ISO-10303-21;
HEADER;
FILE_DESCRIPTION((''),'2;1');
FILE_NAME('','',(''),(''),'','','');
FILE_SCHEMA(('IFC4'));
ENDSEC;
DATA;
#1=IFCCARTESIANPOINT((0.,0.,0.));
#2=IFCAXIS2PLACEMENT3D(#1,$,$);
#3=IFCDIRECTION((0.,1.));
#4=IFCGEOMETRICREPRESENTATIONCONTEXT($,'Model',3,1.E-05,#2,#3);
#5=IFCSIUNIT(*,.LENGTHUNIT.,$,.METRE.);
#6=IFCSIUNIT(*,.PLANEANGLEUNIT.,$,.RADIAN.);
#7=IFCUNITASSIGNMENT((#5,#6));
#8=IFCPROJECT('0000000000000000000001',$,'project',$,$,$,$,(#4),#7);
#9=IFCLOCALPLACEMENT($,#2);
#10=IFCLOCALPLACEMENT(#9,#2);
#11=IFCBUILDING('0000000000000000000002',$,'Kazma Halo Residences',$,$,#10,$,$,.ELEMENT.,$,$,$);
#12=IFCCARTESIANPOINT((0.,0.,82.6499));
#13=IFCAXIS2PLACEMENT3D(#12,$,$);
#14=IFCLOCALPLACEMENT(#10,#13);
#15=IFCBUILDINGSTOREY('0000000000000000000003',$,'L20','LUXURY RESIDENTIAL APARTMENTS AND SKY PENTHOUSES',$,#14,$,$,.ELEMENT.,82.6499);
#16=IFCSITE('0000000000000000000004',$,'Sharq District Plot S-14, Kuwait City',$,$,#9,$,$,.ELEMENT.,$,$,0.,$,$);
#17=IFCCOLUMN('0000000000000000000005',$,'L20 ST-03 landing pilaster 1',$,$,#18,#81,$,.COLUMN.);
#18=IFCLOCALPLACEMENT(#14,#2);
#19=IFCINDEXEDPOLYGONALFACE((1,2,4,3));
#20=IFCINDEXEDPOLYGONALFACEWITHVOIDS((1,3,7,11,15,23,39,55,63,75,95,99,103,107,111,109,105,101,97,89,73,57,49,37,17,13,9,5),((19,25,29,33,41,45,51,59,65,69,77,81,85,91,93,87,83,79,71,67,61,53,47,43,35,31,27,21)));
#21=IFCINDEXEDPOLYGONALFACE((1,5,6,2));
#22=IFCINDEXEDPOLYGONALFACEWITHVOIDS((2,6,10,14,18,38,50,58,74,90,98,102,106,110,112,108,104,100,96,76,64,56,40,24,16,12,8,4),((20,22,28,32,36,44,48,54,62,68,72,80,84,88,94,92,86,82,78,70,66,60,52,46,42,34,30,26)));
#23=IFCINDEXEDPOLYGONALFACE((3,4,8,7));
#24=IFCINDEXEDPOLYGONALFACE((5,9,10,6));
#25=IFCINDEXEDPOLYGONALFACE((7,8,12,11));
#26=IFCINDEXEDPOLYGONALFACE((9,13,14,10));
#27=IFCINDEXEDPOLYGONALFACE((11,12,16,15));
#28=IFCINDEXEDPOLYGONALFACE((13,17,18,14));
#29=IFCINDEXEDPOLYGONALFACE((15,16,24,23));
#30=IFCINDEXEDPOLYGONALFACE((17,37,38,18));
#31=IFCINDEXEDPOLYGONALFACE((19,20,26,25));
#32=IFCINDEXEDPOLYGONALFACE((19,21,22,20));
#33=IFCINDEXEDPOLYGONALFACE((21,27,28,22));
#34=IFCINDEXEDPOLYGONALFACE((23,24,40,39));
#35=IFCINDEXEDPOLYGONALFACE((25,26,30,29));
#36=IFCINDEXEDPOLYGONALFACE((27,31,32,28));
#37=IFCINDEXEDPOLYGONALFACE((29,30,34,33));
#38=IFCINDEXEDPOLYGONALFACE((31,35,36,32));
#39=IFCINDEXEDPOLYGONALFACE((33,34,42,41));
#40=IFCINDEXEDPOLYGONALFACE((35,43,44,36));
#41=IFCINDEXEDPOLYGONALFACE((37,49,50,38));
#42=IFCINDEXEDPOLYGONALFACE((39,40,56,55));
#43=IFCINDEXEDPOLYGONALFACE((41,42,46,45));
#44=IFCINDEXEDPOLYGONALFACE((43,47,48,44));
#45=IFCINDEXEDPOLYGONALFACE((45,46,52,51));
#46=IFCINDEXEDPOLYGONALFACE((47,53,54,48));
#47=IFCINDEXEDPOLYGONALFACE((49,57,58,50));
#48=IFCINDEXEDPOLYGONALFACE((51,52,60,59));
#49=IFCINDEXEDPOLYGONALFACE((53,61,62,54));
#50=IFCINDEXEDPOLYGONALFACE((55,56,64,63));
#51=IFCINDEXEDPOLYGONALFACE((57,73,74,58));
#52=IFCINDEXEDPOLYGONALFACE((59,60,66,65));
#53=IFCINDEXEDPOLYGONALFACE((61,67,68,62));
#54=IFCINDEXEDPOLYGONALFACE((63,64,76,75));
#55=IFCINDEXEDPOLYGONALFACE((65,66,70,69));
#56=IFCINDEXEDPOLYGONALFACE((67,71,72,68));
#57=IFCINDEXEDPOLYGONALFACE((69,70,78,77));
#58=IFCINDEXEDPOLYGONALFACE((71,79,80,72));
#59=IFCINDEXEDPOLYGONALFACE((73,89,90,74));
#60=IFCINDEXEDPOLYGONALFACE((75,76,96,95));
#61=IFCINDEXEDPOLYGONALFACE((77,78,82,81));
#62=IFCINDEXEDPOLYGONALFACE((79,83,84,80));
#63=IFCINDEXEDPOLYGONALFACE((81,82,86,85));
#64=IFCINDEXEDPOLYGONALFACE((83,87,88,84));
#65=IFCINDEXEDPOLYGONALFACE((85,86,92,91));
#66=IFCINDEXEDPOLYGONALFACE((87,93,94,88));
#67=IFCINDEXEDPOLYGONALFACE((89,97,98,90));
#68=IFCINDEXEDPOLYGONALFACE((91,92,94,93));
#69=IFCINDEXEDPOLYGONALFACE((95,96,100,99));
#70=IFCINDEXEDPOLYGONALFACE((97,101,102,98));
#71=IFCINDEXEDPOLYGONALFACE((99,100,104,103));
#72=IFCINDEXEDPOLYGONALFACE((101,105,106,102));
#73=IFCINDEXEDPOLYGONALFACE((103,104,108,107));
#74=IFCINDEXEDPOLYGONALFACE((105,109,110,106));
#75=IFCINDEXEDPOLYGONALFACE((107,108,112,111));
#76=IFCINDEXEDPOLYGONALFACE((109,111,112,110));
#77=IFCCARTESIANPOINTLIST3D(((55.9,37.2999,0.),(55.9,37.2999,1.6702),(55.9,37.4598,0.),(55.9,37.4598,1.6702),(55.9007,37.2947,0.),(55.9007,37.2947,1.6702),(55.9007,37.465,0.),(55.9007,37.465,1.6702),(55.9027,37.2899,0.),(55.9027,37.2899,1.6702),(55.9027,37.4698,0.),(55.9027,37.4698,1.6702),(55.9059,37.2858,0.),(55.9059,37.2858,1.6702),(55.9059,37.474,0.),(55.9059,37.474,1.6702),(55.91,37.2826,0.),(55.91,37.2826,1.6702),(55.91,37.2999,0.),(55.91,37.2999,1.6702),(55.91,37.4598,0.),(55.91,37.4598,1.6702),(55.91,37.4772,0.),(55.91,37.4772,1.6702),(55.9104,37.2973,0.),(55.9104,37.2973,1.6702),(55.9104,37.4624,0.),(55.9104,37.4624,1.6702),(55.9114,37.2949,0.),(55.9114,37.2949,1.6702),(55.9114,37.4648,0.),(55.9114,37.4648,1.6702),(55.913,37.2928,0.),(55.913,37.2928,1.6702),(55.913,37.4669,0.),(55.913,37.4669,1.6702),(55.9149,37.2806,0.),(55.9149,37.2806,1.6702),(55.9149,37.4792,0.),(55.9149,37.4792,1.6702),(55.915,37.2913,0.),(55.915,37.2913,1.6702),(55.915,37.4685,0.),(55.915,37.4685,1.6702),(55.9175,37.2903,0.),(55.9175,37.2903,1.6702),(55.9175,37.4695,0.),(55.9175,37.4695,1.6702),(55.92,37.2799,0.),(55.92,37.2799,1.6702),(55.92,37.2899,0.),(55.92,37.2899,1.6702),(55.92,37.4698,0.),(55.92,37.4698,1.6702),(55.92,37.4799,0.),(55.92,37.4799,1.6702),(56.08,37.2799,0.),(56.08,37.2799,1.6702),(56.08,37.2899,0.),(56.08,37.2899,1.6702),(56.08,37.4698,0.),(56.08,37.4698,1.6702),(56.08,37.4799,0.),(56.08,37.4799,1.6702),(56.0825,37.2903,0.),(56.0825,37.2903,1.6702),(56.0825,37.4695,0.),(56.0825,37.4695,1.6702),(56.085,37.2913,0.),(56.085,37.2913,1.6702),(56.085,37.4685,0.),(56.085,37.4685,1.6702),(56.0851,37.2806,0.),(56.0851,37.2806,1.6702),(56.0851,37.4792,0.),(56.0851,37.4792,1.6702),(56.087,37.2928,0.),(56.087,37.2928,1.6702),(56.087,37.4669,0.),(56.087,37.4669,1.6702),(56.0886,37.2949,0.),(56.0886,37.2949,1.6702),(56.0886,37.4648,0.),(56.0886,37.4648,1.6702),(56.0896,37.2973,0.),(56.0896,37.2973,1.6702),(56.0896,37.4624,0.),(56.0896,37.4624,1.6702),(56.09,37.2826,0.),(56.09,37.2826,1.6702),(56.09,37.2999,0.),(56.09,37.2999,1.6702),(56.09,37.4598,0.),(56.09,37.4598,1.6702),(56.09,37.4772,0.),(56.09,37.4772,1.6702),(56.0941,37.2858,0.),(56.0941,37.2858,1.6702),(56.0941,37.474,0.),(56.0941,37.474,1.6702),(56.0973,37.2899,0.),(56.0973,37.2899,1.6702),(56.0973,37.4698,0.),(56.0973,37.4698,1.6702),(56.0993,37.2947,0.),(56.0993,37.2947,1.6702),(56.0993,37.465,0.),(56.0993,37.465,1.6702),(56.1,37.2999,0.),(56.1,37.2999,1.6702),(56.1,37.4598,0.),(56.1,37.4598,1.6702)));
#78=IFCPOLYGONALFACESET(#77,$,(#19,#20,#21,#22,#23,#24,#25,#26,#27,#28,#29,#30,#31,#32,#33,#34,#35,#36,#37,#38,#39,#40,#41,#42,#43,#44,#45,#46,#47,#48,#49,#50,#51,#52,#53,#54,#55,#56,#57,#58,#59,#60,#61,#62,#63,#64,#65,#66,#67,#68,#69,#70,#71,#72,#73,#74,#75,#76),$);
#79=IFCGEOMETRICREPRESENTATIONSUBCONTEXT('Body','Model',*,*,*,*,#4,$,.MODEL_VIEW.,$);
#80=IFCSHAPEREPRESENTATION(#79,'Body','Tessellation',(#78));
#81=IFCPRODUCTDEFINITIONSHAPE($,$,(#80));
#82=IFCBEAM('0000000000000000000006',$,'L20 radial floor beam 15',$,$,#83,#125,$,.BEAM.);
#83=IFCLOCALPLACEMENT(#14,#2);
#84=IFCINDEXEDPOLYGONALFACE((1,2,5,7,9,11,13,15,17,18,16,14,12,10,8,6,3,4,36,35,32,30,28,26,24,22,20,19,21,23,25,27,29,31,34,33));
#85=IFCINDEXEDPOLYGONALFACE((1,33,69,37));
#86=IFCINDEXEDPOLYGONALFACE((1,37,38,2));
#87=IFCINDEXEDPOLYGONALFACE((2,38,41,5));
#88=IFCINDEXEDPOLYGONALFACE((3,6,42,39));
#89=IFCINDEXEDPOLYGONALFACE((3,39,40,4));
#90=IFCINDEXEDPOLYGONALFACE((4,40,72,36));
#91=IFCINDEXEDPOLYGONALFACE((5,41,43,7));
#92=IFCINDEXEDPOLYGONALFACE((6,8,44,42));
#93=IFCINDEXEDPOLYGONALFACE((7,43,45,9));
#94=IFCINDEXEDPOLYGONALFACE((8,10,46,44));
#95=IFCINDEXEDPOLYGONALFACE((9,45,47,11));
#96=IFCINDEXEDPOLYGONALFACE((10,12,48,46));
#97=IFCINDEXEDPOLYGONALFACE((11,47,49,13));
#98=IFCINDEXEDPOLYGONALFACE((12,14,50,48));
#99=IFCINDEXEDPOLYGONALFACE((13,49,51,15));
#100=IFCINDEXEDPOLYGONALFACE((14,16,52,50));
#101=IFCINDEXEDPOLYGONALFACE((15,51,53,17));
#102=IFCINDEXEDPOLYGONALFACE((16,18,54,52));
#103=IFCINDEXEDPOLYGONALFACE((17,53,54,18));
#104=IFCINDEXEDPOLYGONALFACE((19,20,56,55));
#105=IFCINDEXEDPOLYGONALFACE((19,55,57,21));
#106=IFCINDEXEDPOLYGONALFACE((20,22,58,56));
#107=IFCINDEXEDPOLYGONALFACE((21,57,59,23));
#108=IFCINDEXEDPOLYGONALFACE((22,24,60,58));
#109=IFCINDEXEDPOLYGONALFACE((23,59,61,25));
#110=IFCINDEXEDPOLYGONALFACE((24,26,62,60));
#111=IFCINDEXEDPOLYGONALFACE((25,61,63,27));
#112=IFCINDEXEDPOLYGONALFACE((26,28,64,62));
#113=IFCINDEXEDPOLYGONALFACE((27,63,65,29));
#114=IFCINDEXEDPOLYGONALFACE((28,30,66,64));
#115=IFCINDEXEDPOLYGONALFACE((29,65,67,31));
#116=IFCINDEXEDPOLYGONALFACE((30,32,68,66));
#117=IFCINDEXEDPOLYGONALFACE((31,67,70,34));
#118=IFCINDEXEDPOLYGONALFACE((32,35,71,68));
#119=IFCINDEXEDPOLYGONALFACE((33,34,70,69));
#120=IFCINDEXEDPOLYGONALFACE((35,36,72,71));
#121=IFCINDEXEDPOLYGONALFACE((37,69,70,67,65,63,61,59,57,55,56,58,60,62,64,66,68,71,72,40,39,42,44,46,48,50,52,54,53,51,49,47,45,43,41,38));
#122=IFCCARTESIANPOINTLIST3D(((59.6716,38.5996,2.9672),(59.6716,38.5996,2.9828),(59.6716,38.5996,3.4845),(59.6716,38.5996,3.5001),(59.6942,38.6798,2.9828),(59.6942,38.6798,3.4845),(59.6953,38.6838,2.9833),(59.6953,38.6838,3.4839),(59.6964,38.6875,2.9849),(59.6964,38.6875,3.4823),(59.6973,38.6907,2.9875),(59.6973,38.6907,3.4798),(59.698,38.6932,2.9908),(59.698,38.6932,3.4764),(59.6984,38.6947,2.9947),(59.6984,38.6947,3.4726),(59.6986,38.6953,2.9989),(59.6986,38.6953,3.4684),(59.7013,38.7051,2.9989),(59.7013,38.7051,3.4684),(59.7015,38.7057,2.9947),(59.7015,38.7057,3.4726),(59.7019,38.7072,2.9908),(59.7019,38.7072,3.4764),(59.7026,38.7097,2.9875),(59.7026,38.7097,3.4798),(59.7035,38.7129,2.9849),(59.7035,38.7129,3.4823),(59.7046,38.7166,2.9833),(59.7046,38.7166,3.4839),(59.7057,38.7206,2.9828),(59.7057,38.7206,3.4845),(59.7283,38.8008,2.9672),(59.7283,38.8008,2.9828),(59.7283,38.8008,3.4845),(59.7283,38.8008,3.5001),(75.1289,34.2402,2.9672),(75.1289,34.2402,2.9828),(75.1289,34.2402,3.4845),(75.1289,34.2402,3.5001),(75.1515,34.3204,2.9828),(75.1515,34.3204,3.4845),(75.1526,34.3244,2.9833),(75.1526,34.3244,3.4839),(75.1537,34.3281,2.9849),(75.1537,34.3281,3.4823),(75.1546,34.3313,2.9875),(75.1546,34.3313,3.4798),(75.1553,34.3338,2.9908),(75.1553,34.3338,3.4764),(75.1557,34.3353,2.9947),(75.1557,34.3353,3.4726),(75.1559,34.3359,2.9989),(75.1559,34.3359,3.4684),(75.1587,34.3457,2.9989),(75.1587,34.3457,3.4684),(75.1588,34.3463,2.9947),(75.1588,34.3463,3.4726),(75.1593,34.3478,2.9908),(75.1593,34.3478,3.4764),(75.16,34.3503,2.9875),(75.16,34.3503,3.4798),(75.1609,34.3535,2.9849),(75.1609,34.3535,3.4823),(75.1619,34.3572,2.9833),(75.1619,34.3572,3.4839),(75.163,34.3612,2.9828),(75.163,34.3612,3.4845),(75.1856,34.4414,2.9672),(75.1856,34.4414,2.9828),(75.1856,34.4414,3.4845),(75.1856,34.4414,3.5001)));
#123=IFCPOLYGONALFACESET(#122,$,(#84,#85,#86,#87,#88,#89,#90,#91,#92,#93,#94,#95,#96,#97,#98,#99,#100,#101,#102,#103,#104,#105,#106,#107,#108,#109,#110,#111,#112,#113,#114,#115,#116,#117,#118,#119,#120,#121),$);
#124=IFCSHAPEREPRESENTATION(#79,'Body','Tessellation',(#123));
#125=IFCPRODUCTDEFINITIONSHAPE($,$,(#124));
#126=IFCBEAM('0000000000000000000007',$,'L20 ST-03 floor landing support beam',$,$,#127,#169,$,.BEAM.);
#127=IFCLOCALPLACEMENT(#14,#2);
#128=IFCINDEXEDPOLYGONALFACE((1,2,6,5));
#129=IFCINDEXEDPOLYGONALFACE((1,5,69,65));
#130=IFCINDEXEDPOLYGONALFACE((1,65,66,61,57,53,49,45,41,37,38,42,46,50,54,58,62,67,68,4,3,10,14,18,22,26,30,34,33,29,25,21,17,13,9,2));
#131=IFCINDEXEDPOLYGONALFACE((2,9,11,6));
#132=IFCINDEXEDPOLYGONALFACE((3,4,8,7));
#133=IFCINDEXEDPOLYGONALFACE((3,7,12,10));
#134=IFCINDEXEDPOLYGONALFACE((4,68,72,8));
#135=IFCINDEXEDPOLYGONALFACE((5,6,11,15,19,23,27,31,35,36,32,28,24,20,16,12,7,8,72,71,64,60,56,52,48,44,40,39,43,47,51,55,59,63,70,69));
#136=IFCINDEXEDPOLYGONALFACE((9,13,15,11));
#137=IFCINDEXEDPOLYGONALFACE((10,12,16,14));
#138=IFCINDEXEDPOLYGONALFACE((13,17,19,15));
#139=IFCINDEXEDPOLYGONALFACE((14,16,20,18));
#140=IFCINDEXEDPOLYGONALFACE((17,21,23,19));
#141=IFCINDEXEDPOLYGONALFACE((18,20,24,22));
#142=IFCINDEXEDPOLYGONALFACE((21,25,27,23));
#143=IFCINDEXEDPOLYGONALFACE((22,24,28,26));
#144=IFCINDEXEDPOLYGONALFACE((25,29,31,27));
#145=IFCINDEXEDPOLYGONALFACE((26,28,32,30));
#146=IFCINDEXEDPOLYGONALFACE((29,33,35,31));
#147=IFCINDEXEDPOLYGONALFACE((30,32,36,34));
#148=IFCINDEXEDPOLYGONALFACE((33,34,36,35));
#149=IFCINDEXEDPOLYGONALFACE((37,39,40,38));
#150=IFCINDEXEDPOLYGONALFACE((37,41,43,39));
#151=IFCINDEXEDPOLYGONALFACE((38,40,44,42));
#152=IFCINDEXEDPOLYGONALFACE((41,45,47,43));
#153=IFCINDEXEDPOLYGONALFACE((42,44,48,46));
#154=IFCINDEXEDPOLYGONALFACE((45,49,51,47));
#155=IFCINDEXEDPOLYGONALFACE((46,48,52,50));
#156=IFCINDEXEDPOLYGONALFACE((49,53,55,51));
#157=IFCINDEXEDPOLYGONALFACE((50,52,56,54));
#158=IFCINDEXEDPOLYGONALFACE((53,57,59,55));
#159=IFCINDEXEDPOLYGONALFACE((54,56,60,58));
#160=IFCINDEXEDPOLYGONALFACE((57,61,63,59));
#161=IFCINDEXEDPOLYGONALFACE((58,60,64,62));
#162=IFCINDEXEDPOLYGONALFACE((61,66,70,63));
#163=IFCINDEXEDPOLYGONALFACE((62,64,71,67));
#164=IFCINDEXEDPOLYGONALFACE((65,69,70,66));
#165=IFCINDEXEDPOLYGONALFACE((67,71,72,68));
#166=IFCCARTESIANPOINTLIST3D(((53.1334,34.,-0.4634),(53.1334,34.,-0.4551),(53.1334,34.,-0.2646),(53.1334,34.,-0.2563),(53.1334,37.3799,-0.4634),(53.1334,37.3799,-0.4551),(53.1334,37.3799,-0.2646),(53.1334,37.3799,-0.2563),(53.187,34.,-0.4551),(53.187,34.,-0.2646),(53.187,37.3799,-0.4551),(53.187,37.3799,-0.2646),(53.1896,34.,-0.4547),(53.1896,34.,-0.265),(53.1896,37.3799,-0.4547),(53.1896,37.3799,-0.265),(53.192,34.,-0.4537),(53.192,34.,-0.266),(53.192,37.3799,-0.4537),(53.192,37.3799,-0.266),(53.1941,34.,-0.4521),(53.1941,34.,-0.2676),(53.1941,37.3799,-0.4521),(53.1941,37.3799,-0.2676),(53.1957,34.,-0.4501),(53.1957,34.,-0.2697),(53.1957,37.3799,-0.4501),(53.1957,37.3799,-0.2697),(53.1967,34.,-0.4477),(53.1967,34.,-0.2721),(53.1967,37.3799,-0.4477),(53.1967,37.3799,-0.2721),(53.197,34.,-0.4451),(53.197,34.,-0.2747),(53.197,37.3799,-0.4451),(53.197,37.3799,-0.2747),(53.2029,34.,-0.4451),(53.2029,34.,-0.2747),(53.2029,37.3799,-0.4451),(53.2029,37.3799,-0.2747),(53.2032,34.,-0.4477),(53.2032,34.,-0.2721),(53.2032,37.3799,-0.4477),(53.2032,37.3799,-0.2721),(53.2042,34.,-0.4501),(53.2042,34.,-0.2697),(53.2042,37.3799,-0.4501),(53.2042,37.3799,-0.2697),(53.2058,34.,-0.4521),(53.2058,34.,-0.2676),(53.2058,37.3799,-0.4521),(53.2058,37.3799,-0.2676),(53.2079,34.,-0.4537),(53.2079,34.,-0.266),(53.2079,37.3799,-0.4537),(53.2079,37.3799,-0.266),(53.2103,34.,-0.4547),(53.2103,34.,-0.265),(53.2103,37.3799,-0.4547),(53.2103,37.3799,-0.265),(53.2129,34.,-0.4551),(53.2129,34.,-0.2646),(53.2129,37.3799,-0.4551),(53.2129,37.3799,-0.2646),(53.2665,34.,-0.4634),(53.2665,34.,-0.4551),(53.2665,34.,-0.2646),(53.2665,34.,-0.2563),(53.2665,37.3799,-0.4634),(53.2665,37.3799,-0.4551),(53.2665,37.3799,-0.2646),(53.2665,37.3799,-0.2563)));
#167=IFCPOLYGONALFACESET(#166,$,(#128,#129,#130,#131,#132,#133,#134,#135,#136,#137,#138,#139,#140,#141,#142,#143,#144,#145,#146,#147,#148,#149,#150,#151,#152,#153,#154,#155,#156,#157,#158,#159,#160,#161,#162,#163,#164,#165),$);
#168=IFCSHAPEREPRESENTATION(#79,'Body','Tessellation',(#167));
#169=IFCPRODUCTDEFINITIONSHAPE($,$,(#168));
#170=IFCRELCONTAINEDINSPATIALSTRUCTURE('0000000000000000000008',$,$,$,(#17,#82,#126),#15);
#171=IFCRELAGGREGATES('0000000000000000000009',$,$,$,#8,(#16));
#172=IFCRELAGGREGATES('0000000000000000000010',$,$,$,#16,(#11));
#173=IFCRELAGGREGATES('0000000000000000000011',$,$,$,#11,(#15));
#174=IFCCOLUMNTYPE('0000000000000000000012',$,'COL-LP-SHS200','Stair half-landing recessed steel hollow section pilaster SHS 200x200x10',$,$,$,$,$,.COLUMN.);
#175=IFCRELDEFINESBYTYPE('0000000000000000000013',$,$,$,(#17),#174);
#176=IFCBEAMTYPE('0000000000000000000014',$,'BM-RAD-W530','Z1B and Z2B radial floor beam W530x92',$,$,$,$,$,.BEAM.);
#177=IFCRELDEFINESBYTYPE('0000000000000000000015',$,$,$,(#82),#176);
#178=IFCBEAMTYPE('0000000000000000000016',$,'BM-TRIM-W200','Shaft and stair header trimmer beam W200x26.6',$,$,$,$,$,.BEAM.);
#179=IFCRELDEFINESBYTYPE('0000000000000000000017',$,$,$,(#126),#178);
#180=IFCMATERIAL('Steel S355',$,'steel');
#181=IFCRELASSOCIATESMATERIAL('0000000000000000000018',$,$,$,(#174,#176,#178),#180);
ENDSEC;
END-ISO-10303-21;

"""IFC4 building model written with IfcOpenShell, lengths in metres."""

from ifc_helpers import new_model, si_unit, direction, frame, origin, origin_2d, place, context, subcontext, project, spatial, hollow_rectangle, i_section, extrude, material, material_profile, profile_set, type_object, element, save


model = new_model("IFC4")

# Units and contexts
model_context = context("Model", 3, precision=1e-05, world=origin(), true_north=direction((0.0, 1.0)))
body_context = subcontext(model_context, "Body", "Model", "MODEL_VIEW")
ifc_project = project(units=[si_unit("LENGTHUNIT", "METRE"), si_unit("PLANEANGLEUNIT", "RADIAN")], contexts=[model_context])

# Site, building, storey
site_placement = place(None, origin())
site = spatial("IfcSite", under=ifc_project, at=site_placement, Name="Sharq District Plot S-14, Kuwait City", CompositionType="ELEMENT", RefElevation=0.0)
building_placement = place(site_placement, origin())
building = spatial("IfcBuilding", under=site, at=building_placement, Name="Kazma Halo Residences", CompositionType="ELEMENT")
storey_placement = place(building_placement, frame((0.0, 0.0, 82.6499)))
storey = spatial("IfcBuildingStorey", under=building, at=storey_placement, Name="L20", Description="LUXURY RESIDENTIAL APARTMENTS AND SKY PENTHOUSES", CompositionType="ELEMENT", Elevation=82.6499)

# Column
ifc_material_1 = material(Name="Steel S355", Category="steel")
ifc_material_profile_1 = material_profile(ifc_material_1, hollow_rectangle(XDim=0.2, YDim=0.2, WallThickness=0.01, InnerFilletRadius=0.01, OuterFilletRadius=0.02, at=origin_2d()), Name="SHS200x200x10")
ifc_profile_set_1 = profile_set([ifc_material_profile_1], Name="Steel S355")
column_type = type_object("IfcColumnType", Name="COL-LP-SHS200", Description="Stair half-landing recessed steel hollow section pilaster SHS 200x200x10", PredefinedType="COLUMN", material=ifc_profile_set_1)
column_placement = place(storey_placement, frame((56.0, 37.3799, 0.0), z_axis=(0.0, 0.0, 1.0), x_axis=(1.0, 0.0, 0.0)))
element("IfcColumn", 1, at=column_placement, inside=storey, type_object=column_type, Name="L20 ST-03 landing pilaster 1", PredefinedType="COLUMN", context=body_context, shape_type="SweptSolid", body=[
    extrude(hollow_rectangle(XDim=0.2, YDim=0.2, WallThickness=0.01, InnerFilletRadius=0.01, OuterFilletRadius=0.02, at=origin_2d()), origin(), (0.0, 0.0, 1.0), 1.6702),
])

# Beams
ifc_material_profile_2 = material_profile(ifc_material_1, i_section(OverallWidth=0.209, OverallDepth=0.533, WebThickness=0.0103, FlangeThickness=0.0156, FilletRadius=0.0161, at=origin_2d()), Name="W530x92")
ifc_profile_set_2 = profile_set([ifc_material_profile_2], Name="Steel S355")
beam_type_1 = type_object("IfcBeamType", Name="BM-RAD-W530", Description="Z1B and Z2B radial floor beam W530x92", PredefinedType="BEAM", material=ifc_profile_set_2)
beam_1_placement = place(storey_placement, frame((59.7, 38.7002, 3.2336), z_axis=(0.962456, -0.271439, 0.0), x_axis=(0.271439, 0.962456, 0.0)))
element("IfcBeam", 2, at=beam_1_placement, inside=storey, type_object=beam_type_1, Name="L20 radial floor beam 15", PredefinedType="BEAM", context=body_context, shape_type="SweptSolid", body=[
    extrude(i_section(OverallWidth=0.209, OverallDepth=0.533, WebThickness=0.0103, FlangeThickness=0.0156, FilletRadius=0.0161, at=origin_2d()), origin(), (0.0, 0.0, 1.0), 16.0603),
])
ifc_material_profile_3 = material_profile(ifc_material_1, i_section(OverallWidth=0.1331, OverallDepth=0.207, WebThickness=0.0059, FlangeThickness=0.0083, FilletRadius=0.01, at=origin_2d()), Name="W200x26.6")
ifc_profile_set_3 = profile_set([ifc_material_profile_3], Name="Steel S355")
beam_type_2 = type_object("IfcBeamType", Name="BM-TRIM-W200", Description="Shaft and stair header trimmer beam W200x26.6", PredefinedType="BEAM", material=ifc_profile_set_3)
beam_2_placement = place(storey_placement, frame((53.2, 34.0, -0.3599), z_axis=(0.0, 1.0, 0.0), x_axis=(-1.0, 0.0, 0.0)))
element("IfcBeam", 3, at=beam_2_placement, inside=storey, type_object=beam_type_2, Name="L20 ST-03 floor landing support beam", PredefinedType="BEAM", context=body_context, shape_type="SweptSolid", body=[
    extrude(i_section(OverallWidth=0.1331, OverallDepth=0.207, WebThickness=0.0059, FlangeThickness=0.0083, FilletRadius=0.01, at=origin_2d()), origin(), (0.0, 0.0, 1.0), 3.3799),
])

save(model, "model.ifc")
